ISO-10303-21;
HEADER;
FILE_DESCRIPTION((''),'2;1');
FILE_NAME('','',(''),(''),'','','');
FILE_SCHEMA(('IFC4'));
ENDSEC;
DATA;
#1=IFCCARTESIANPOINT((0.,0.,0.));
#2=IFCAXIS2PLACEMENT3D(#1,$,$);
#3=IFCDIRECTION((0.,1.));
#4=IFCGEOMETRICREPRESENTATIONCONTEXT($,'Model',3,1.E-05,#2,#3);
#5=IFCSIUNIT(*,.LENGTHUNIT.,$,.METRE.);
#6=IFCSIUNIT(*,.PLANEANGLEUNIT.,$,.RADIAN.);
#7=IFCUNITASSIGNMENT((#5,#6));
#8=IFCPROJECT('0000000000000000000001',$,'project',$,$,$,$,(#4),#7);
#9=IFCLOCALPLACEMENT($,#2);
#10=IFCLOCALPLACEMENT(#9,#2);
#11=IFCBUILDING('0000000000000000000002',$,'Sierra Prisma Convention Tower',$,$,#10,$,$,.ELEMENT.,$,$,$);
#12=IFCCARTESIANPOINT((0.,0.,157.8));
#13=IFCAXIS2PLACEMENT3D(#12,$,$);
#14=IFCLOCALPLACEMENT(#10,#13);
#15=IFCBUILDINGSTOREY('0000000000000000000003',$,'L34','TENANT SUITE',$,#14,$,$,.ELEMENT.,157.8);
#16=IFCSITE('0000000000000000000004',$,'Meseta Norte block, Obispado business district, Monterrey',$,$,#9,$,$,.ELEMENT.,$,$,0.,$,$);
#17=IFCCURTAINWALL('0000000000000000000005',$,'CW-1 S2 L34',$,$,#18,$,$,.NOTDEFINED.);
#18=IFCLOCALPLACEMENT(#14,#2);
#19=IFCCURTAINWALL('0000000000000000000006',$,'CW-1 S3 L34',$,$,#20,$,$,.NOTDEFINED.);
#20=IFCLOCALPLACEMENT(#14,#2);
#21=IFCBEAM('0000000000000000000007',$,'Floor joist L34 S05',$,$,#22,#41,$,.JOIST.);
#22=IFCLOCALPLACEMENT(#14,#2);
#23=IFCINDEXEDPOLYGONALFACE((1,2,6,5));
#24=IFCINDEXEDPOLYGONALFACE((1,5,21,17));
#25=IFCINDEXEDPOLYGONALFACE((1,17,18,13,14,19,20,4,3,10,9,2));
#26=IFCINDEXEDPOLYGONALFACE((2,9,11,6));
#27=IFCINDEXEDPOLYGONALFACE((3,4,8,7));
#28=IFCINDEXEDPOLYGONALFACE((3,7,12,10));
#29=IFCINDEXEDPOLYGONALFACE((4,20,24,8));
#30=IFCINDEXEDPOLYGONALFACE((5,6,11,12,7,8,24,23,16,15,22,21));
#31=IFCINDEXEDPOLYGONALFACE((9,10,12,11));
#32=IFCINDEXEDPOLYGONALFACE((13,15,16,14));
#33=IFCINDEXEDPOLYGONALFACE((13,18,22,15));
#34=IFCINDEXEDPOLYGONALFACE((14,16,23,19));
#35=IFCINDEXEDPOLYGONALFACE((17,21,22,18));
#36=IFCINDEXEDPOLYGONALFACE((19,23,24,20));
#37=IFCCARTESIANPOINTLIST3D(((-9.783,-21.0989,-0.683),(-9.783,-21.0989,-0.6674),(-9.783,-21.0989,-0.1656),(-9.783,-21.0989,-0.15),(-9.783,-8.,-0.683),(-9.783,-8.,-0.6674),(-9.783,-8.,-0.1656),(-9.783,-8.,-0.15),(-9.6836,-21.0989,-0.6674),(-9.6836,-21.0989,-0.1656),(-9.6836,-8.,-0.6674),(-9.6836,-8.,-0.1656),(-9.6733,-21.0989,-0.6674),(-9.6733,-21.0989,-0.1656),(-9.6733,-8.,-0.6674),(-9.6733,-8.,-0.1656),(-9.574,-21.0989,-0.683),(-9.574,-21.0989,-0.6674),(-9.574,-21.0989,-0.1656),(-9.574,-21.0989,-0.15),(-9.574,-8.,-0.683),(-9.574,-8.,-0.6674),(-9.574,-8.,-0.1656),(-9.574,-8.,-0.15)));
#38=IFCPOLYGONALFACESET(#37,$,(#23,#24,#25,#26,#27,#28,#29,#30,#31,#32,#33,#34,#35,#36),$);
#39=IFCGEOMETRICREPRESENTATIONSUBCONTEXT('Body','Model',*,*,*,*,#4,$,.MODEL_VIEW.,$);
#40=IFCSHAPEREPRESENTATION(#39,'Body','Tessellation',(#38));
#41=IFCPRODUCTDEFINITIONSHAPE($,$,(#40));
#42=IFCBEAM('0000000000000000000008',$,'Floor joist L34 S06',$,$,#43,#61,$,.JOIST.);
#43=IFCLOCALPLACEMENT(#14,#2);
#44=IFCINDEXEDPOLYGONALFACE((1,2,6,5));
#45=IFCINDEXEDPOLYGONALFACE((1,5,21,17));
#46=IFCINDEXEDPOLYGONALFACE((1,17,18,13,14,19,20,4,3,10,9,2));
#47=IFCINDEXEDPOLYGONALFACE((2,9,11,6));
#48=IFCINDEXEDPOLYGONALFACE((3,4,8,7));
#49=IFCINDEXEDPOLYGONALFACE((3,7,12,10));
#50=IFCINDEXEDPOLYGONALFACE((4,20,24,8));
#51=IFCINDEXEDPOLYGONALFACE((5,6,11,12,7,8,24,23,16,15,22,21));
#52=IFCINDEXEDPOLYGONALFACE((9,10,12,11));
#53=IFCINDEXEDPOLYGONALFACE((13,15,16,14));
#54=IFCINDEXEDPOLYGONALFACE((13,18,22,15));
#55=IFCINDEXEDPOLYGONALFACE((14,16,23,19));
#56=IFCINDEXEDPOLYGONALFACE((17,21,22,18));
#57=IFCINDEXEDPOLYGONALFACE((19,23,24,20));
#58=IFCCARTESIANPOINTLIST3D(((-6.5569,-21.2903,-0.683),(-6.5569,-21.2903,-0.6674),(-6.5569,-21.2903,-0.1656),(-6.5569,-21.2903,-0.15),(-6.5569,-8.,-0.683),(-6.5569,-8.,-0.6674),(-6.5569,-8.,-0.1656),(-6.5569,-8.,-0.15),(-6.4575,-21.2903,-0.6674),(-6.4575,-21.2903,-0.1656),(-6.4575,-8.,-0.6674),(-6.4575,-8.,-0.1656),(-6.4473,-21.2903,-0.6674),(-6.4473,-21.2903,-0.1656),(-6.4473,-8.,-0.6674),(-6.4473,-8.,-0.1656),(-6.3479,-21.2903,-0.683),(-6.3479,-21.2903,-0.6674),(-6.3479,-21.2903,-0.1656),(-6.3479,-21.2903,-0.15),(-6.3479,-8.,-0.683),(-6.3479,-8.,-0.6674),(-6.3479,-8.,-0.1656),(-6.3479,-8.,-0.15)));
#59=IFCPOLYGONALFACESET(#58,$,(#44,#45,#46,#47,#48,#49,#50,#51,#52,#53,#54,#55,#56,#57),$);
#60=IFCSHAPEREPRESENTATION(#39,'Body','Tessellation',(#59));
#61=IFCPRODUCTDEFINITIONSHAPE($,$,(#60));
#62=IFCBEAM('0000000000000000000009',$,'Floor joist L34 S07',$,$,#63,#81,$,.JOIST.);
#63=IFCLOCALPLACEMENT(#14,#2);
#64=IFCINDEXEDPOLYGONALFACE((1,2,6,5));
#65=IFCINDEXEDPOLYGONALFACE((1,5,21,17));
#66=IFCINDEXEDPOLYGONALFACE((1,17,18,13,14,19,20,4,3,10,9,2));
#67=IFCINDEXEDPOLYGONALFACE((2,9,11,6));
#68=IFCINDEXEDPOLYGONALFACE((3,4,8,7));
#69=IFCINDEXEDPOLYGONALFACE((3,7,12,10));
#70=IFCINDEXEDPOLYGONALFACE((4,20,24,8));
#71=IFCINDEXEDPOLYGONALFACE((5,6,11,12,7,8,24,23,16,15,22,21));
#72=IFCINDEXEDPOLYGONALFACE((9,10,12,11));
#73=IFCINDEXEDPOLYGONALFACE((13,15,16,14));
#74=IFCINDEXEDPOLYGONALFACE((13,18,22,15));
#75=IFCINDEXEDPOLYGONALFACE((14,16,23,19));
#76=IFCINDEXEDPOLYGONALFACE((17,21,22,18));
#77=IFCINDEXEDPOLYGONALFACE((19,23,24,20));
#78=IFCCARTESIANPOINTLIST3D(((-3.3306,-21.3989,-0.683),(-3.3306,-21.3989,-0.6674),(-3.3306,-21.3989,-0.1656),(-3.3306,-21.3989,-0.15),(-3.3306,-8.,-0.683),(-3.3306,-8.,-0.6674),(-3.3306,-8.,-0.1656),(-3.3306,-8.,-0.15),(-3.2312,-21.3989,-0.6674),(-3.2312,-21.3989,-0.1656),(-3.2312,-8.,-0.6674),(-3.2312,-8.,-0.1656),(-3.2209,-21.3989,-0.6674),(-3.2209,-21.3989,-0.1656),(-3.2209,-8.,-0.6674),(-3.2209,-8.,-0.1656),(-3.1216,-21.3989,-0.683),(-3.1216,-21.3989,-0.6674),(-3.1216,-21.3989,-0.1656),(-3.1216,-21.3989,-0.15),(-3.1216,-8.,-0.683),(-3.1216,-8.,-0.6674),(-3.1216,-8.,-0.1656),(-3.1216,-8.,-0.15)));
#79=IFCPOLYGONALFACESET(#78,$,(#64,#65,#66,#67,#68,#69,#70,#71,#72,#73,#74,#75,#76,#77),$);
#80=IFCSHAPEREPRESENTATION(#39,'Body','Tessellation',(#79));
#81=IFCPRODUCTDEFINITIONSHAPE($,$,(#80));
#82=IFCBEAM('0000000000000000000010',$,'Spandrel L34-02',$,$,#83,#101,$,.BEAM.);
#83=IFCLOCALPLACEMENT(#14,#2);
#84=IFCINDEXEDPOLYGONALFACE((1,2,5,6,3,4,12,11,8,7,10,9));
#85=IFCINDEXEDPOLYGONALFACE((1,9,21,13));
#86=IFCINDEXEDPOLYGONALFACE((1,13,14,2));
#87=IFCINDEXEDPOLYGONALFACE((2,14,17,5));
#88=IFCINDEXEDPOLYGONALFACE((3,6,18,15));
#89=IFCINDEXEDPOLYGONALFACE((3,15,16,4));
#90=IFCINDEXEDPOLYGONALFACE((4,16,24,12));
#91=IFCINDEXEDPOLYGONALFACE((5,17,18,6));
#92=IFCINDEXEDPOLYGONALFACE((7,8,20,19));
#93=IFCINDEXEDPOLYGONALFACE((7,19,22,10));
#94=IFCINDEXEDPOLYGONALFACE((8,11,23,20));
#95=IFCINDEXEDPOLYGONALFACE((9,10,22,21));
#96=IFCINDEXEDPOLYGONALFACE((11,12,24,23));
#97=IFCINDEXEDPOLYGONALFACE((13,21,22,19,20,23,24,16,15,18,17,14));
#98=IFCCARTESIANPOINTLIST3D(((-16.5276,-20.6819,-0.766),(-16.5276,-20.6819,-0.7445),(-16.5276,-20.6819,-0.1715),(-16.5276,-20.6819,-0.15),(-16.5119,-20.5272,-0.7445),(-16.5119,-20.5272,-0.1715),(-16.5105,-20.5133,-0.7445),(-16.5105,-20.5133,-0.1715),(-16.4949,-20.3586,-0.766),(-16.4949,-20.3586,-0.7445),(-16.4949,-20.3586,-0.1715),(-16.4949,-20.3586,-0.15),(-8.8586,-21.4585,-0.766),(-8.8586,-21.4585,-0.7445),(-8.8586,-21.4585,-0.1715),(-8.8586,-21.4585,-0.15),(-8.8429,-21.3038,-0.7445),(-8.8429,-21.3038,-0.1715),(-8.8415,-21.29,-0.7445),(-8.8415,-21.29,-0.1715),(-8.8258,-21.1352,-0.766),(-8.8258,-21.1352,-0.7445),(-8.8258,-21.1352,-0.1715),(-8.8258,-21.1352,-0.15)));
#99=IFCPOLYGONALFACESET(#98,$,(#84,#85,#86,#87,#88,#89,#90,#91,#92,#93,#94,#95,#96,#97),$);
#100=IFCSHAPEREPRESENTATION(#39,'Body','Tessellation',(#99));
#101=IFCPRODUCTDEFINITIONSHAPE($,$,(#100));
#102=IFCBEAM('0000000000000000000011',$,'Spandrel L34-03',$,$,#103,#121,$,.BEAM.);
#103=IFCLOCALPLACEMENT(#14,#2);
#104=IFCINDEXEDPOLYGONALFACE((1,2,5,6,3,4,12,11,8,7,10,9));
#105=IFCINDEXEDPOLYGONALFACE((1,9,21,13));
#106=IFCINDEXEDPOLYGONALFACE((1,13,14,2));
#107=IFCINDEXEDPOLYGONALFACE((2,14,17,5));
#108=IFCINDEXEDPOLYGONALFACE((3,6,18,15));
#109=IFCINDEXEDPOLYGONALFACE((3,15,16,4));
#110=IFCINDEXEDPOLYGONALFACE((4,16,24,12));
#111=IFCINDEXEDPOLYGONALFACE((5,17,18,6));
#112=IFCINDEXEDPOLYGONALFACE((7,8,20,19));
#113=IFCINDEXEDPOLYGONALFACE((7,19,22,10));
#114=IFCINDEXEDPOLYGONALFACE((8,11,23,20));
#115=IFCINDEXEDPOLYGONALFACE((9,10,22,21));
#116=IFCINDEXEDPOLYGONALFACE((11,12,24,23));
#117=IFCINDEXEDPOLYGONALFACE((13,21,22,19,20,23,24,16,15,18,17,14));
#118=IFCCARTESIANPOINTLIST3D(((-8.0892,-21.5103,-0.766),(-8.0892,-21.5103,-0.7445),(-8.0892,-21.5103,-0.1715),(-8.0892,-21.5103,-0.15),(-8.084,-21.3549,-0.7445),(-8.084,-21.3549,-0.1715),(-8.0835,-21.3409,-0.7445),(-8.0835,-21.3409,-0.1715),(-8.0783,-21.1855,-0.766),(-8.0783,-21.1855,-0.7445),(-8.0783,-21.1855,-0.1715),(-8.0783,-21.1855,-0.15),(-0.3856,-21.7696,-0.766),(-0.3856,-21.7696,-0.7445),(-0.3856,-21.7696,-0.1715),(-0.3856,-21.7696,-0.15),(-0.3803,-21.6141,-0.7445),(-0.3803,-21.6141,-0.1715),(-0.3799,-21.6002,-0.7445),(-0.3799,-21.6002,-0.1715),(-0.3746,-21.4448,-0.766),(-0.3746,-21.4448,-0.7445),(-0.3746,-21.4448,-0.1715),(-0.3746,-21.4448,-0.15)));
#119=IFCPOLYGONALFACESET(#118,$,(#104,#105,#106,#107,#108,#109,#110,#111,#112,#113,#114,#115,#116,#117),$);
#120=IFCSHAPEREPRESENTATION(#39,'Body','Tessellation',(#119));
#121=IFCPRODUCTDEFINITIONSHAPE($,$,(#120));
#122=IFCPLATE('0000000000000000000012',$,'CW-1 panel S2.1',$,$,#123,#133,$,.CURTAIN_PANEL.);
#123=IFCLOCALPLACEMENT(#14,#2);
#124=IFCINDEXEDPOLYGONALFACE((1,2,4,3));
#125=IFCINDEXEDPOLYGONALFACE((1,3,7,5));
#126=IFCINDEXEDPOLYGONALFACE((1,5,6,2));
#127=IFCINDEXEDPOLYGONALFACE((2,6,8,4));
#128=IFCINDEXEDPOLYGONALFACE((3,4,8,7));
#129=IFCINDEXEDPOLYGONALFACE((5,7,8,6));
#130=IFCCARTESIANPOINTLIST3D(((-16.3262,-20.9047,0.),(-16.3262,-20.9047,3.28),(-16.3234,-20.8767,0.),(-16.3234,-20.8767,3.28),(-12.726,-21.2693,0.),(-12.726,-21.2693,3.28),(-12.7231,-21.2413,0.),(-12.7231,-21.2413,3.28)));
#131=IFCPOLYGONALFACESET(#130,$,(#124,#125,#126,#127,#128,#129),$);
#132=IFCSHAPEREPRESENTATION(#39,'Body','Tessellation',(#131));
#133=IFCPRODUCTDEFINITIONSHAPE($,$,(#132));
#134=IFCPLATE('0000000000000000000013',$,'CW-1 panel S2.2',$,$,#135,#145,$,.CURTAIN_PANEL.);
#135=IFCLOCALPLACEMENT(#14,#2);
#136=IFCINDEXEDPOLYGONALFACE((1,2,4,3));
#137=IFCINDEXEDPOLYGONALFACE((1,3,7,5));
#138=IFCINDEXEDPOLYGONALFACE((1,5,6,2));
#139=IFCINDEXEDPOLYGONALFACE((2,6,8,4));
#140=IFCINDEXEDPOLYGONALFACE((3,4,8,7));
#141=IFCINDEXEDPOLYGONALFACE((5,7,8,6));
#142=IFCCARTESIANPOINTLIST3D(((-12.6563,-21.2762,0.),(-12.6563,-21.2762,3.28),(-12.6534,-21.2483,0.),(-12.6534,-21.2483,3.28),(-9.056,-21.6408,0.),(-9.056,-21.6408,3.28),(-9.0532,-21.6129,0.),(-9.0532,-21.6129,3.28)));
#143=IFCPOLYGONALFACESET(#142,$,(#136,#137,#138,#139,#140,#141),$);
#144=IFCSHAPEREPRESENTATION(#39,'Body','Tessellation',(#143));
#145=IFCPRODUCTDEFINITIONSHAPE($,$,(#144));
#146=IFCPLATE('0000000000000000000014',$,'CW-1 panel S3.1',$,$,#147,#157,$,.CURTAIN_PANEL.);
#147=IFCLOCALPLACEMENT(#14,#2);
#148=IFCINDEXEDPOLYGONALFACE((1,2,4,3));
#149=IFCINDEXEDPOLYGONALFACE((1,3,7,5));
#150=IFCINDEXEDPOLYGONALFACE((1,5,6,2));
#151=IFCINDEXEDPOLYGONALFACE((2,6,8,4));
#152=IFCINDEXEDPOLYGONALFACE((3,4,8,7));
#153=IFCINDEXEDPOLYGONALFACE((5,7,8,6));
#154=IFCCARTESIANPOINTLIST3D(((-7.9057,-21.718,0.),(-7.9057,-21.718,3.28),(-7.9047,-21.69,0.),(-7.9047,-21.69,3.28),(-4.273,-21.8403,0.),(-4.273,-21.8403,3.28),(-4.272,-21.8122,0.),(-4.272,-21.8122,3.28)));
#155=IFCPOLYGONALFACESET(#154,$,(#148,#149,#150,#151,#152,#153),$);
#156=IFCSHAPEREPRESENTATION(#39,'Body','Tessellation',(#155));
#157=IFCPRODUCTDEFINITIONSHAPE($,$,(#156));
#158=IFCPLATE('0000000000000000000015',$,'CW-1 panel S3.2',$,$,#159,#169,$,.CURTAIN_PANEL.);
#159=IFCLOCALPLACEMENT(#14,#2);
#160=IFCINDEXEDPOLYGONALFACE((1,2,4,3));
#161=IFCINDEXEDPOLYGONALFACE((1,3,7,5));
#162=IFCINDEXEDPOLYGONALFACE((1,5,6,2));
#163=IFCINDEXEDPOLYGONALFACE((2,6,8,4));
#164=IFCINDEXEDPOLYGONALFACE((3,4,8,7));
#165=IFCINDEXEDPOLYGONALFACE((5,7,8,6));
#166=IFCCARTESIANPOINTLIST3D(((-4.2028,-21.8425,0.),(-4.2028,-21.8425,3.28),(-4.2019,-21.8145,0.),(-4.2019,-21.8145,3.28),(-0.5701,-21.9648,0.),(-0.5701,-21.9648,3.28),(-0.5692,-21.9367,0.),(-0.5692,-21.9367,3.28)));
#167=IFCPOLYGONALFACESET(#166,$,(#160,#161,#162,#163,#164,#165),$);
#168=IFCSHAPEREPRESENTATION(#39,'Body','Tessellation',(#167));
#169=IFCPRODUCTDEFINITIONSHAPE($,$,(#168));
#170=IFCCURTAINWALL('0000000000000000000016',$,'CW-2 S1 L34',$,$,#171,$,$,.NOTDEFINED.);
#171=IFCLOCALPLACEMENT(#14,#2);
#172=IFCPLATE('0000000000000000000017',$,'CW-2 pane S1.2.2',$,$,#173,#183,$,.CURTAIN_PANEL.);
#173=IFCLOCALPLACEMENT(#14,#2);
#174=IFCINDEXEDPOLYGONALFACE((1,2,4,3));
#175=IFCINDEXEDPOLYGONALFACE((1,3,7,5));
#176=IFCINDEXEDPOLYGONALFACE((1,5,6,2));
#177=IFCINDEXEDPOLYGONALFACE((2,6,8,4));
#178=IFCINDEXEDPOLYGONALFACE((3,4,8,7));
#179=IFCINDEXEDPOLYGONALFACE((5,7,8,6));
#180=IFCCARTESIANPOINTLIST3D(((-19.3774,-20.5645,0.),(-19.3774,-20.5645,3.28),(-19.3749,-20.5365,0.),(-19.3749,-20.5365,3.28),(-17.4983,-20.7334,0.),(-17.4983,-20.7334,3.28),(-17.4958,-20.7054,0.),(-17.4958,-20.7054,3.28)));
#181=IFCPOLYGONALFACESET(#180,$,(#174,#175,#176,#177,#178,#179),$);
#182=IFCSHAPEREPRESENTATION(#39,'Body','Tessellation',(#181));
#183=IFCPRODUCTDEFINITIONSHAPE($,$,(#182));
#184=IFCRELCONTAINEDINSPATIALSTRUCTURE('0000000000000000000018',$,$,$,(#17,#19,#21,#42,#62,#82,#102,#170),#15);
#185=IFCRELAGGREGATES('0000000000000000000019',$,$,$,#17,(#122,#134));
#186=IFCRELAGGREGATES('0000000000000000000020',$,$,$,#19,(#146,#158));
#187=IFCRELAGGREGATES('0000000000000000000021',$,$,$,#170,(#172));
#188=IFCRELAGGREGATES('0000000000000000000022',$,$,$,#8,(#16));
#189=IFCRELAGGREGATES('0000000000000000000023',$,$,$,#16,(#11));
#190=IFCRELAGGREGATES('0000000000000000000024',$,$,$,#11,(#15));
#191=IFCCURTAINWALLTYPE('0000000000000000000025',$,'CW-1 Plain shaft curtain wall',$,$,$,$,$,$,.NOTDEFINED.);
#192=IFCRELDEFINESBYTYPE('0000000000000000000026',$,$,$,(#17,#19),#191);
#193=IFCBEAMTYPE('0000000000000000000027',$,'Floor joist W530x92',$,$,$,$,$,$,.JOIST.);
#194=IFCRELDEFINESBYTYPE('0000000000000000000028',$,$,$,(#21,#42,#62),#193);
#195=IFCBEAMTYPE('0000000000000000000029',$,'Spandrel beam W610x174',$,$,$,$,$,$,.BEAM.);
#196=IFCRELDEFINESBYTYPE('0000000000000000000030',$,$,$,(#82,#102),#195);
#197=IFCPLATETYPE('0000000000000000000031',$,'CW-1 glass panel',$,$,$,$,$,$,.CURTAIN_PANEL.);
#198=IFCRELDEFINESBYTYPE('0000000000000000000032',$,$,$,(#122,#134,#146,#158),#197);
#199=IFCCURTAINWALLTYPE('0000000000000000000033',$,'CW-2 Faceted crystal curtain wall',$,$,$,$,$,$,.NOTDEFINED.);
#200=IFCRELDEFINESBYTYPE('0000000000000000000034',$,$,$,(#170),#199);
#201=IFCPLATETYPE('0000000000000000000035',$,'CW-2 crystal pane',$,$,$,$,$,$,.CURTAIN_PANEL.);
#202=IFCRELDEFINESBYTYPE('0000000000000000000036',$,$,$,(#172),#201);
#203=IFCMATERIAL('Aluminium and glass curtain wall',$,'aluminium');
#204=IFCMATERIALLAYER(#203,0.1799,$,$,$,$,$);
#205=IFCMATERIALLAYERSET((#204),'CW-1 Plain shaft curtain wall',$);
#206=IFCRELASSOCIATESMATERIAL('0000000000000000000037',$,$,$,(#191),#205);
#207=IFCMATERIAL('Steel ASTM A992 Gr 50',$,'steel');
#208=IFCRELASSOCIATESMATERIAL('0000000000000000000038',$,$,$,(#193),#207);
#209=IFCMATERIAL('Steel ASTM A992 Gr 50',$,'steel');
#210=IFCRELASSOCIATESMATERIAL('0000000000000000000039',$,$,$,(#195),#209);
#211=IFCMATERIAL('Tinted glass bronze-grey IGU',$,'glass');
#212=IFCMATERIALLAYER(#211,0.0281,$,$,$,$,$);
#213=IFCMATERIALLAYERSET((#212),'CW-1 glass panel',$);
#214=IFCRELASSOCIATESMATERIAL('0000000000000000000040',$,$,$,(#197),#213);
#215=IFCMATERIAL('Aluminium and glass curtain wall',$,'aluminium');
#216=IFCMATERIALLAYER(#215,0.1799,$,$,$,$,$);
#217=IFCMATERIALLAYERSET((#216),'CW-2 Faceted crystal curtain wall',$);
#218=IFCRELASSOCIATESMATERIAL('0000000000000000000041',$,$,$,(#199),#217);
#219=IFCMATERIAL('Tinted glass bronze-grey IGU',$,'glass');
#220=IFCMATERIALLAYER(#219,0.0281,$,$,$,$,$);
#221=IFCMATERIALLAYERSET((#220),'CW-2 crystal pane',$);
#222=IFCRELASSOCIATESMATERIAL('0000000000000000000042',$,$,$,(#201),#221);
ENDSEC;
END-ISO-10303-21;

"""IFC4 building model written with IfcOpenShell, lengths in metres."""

from ifc_helpers import new_model, si_unit, direction, frame, origin, origin_2d, place, context, subcontext, project, spatial, polyline, rectangle, i_section, outline, extrude, material, layer, layer_set, material_profile, profile_set, type_object, element, aggregate, save


model = new_model("IFC4")

# Units and contexts
model_context = context("Model", 3, precision=1e-05, world=origin(), true_north=direction((0.0, 1.0)))
body_context = subcontext(model_context, "Body", "Model", "MODEL_VIEW")
ifc_project = project(units=[si_unit("LENGTHUNIT", "METRE"), si_unit("PLANEANGLEUNIT", "RADIAN")], contexts=[model_context])

# Site, building, storey
site_placement = place(None, origin())
site = spatial("IfcSite", under=ifc_project, at=site_placement, Name="Meseta Norte block, Obispado business district, Monterrey", CompositionType="ELEMENT", RefElevation=0.0)
building_placement = place(site_placement, origin())
building = spatial("IfcBuilding", under=site, at=building_placement, Name="Sierra Prisma Convention Tower", CompositionType="ELEMENT")
storey_placement = place(building_placement, frame((0.0, 0.0, 157.8)))
storey = spatial("IfcBuildingStorey", under=building, at=storey_placement, Name="L34", Description="TENANT SUITE", CompositionType="ELEMENT", Elevation=157.8)

# Curtain walls
ifc_material_1 = material(Name="Aluminium and glass curtain wall", Category="aluminium")
ifc_layer_1 = layer(ifc_material_1, 0.1799)
ifc_layer_set_1 = layer_set([ifc_layer_1], Name="CW-1 Plain shaft curtain wall")
curtain_wall_type_1 = type_object("IfcCurtainWallType", Name="CW-1 Plain shaft curtain wall", PredefinedType="NOTDEFINED", material=ifc_layer_set_1)
curtain_wall_1_placement = place(storey_placement, origin())
curtain_wall_1 = element("IfcCurtainWall", 1, at=curtain_wall_1_placement, inside=storey, type_object=curtain_wall_type_1, Name="CW-1 S2 L34", PredefinedType="NOTDEFINED")
curtain_wall_2_placement = place(storey_placement, origin())
curtain_wall_2 = element("IfcCurtainWall", 2, at=curtain_wall_2_placement, inside=storey, type_object=curtain_wall_type_1, Name="CW-1 S3 L34", PredefinedType="NOTDEFINED")

# Beams
ifc_material_2 = material(Name="Steel ASTM A992 Gr 50", Category="steel")
ifc_material_profile_1 = material_profile(ifc_material_2, i_section(OverallWidth=0.209, OverallDepth=0.533, WebThickness=0.0103, FlangeThickness=0.0156, at=origin_2d()), Name="W530x92")
ifc_profile_set_1 = profile_set([ifc_material_profile_1], Name="Steel ASTM A992 Gr 50")
beam_type_1 = type_object("IfcBeamType", Name="Floor joist W530x92", PredefinedType="JOIST", material=ifc_profile_set_1)
beam_1_placement = place(storey_placement, frame((-9.6785, -21.0989, -0.4165), z_axis=(0.0, 1.0, 0.0), x_axis=(-1.0, 0.0, 0.0)))
element("IfcBeam", 3, at=beam_1_placement, inside=storey, type_object=beam_type_1, Name="Floor joist L34 S05", PredefinedType="JOIST", context=body_context, shape_type="SweptSolid", body=[
    extrude(i_section(OverallWidth=0.209, OverallDepth=0.533, WebThickness=0.0103, FlangeThickness=0.0156, at=origin_2d()), origin(), (0.0, 0.0, 1.0), 13.0989),
])
beam_2_placement = place(storey_placement, frame((-6.4524, -21.2903, -0.4165), z_axis=(0.0, 1.0, 0.0), x_axis=(-1.0, 0.0, 0.0)))
element("IfcBeam", 4, at=beam_2_placement, inside=storey, type_object=beam_type_1, Name="Floor joist L34 S06", PredefinedType="JOIST", context=body_context, shape_type="SweptSolid", body=[
    extrude(i_section(OverallWidth=0.209, OverallDepth=0.533, WebThickness=0.0103, FlangeThickness=0.0156, at=origin_2d()), origin(), (0.0, 0.0, 1.0), 13.2903),
])
beam_3_placement = place(storey_placement, frame((-3.2261, -21.3989, -0.4165), z_axis=(0.0, 1.0, 0.0), x_axis=(-1.0, 0.0, 0.0)))
element("IfcBeam", 5, at=beam_3_placement, inside=storey, type_object=beam_type_1, Name="Floor joist L34 S07", PredefinedType="JOIST", context=body_context, shape_type="SweptSolid", body=[
    extrude(i_section(OverallWidth=0.209, OverallDepth=0.533, WebThickness=0.0103, FlangeThickness=0.0156, at=origin_2d()), origin(), (0.0, 0.0, 1.0), 13.3989),
])
ifc_material_3 = material(Name="Steel ASTM A992 Gr 50", Category="steel")
ifc_material_profile_2 = material_profile(ifc_material_3, i_section(OverallWidth=0.325, OverallDepth=0.616, WebThickness=0.0139, FlangeThickness=0.0215, at=origin_2d()), Name="W610x174")
ifc_profile_set_2 = profile_set([ifc_material_profile_2], Name="Steel ASTM A992 Gr 50")
beam_type_2 = type_object("IfcBeamType", Name="Spandrel beam W610x174", PredefinedType="BEAM", material=ifc_profile_set_2)
beam_4_placement = place(storey_placement, frame((-16.5112, -20.5203, -0.458), z_axis=(0.994912, -0.100752, 0.0), x_axis=(0.100752, 0.994912, 0.0)))
element("IfcBeam", 6, at=beam_4_placement, inside=storey, type_object=beam_type_2, Name="Spandrel L34-02", PredefinedType="BEAM", context=body_context, shape_type="SweptSolid", body=[
    extrude(i_section(OverallWidth=0.325, OverallDepth=0.616, WebThickness=0.0139, FlangeThickness=0.0215, at=origin_2d()), origin(), (0.0, 0.0, 1.0), 7.7083),
])
beam_5_placement = place(storey_placement, frame((-8.0837, -21.3479, -0.458), z_axis=(0.999434, -0.033638, 0.0), x_axis=(0.033638, 0.999434, 0.0)))
element("IfcBeam", 7, at=beam_5_placement, inside=storey, type_object=beam_type_2, Name="Spandrel L34-03", PredefinedType="BEAM", context=body_context, shape_type="SweptSolid", body=[
    extrude(i_section(OverallWidth=0.325, OverallDepth=0.616, WebThickness=0.0139, FlangeThickness=0.0215, at=origin_2d()), origin(), (0.0, 0.0, 1.0), 7.708),
])

# Plates
ifc_material_4 = material(Name="Tinted glass bronze-grey IGU", Category="glass")
ifc_layer_2 = layer(ifc_material_4, 0.0281)
ifc_layer_set_2 = layer_set([ifc_layer_2], Name="CW-1 glass panel")
plate_type_1 = type_object("IfcPlateType", Name="CW-1 glass panel", PredefinedType="CURTAIN_PANEL", material=ifc_layer_set_2)
plate_1_placement = place(storey_placement, frame((-14.5247, -21.073, 0.0), z_axis=(0.0, 0.0, 1.0), x_axis=(0.994911, -0.100755, 0.0)))
plate_1 = element("IfcPlate", 8, at=plate_1_placement, type_object=plate_type_1, Name="CW-1 panel S2.1", PredefinedType="CURTAIN_PANEL", context=body_context, shape_type="SweptSolid", body=[
    extrude(rectangle(XDim=3.6187, YDim=0.0281, at=origin_2d()), origin(), (0.0, 0.0, 1.0), 3.28),
])
plate_2_placement = place(storey_placement, frame((-10.8547, -21.4446, 0.0), z_axis=(0.0, 0.0, 1.0), x_axis=(0.994911, -0.100755, 0.0)))
plate_2 = element("IfcPlate", 9, at=plate_2_placement, type_object=plate_type_1, Name="CW-1 panel S2.2", PredefinedType="CURTAIN_PANEL", context=body_context, shape_type="SweptSolid", body=[
    extrude(rectangle(XDim=3.6187, YDim=0.0281, at=origin_2d()), origin(), (0.0, 0.0, 1.0), 3.28),
])
aggregate(curtain_wall_1, [plate_1, plate_2])
plate_3_placement = place(storey_placement, frame((-6.0889, -21.7651, 0.0), z_axis=(0.0, 0.0, 1.0), x_axis=(0.999434, -0.033636, 0.0)))
plate_3 = element("IfcPlate", 10, at=plate_3_placement, type_object=plate_type_1, Name="CW-1 panel S3.1", PredefinedType="CURTAIN_PANEL", context=body_context, shape_type="SweptSolid", body=[
    extrude(rectangle(XDim=3.6348, YDim=0.0281, at=origin_2d()), origin(), (0.0, 0.0, 1.0), 3.28),
])
plate_4_placement = place(storey_placement, frame((-2.386, -21.8896, 0.0), z_axis=(0.0, 0.0, 1.0), x_axis=(0.999434, -0.033636, 0.0)))
plate_4 = element("IfcPlate", 11, at=plate_4_placement, type_object=plate_type_1, Name="CW-1 panel S3.2", PredefinedType="CURTAIN_PANEL", context=body_context, shape_type="SweptSolid", body=[
    extrude(rectangle(XDim=3.6348, YDim=0.0281, at=origin_2d()), origin(), (0.0, 0.0, 1.0), 3.28),
])
aggregate(curtain_wall_2, [plate_3, plate_4])

# Curtain wall, plate
ifc_material_5 = material(Name="Aluminium and glass curtain wall", Category="aluminium")
ifc_layer_3 = layer(ifc_material_5, 0.1799)
ifc_layer_set_3 = layer_set([ifc_layer_3], Name="CW-2 Faceted crystal curtain wall")
curtain_wall_type_2 = type_object("IfcCurtainWallType", Name="CW-2 Faceted crystal curtain wall", PredefinedType="NOTDEFINED", material=ifc_layer_set_3)
curtain_wall_3_placement = place(storey_placement, origin())
curtain_wall_3 = element("IfcCurtainWall", 12, at=curtain_wall_3_placement, inside=storey, type_object=curtain_wall_type_2, Name="CW-2 S1 L34", PredefinedType="NOTDEFINED")
ifc_material_6 = material(Name="Tinted glass bronze-grey IGU", Category="glass")
ifc_layer_4 = layer(ifc_material_6, 0.0281)
ifc_layer_set_4 = layer_set([ifc_layer_4], Name="CW-2 crystal pane")
plate_type_2 = type_object("IfcPlateType", Name="CW-2 crystal pane", PredefinedType="CURTAIN_PANEL", material=ifc_layer_set_4)
plate_5_placement = place(storey_placement, frame((-17.4983, -20.7334, 0.0), z_axis=(-0.089544, -0.995983, 0.0), x_axis=(-0.995983, 0.089544, 0.0)))
plate_5 = element("IfcPlate", 13, at=plate_5_placement, type_object=plate_type_2, Name="CW-2 pane S1.2.2", PredefinedType="CURTAIN_PANEL", context=body_context, shape_type="SweptSolid", body=[
    extrude(outline(polyline([(0.0, 0.0), (1.8867, 0.0), (1.8867, -3.28), (0.0, -3.28), (0.0, 0.0)])), origin(), (0.0, 0.0, -1.0), 0.0281),
])
aggregate(curtain_wall_3, [plate_5])

save(model, "model.ifc")
